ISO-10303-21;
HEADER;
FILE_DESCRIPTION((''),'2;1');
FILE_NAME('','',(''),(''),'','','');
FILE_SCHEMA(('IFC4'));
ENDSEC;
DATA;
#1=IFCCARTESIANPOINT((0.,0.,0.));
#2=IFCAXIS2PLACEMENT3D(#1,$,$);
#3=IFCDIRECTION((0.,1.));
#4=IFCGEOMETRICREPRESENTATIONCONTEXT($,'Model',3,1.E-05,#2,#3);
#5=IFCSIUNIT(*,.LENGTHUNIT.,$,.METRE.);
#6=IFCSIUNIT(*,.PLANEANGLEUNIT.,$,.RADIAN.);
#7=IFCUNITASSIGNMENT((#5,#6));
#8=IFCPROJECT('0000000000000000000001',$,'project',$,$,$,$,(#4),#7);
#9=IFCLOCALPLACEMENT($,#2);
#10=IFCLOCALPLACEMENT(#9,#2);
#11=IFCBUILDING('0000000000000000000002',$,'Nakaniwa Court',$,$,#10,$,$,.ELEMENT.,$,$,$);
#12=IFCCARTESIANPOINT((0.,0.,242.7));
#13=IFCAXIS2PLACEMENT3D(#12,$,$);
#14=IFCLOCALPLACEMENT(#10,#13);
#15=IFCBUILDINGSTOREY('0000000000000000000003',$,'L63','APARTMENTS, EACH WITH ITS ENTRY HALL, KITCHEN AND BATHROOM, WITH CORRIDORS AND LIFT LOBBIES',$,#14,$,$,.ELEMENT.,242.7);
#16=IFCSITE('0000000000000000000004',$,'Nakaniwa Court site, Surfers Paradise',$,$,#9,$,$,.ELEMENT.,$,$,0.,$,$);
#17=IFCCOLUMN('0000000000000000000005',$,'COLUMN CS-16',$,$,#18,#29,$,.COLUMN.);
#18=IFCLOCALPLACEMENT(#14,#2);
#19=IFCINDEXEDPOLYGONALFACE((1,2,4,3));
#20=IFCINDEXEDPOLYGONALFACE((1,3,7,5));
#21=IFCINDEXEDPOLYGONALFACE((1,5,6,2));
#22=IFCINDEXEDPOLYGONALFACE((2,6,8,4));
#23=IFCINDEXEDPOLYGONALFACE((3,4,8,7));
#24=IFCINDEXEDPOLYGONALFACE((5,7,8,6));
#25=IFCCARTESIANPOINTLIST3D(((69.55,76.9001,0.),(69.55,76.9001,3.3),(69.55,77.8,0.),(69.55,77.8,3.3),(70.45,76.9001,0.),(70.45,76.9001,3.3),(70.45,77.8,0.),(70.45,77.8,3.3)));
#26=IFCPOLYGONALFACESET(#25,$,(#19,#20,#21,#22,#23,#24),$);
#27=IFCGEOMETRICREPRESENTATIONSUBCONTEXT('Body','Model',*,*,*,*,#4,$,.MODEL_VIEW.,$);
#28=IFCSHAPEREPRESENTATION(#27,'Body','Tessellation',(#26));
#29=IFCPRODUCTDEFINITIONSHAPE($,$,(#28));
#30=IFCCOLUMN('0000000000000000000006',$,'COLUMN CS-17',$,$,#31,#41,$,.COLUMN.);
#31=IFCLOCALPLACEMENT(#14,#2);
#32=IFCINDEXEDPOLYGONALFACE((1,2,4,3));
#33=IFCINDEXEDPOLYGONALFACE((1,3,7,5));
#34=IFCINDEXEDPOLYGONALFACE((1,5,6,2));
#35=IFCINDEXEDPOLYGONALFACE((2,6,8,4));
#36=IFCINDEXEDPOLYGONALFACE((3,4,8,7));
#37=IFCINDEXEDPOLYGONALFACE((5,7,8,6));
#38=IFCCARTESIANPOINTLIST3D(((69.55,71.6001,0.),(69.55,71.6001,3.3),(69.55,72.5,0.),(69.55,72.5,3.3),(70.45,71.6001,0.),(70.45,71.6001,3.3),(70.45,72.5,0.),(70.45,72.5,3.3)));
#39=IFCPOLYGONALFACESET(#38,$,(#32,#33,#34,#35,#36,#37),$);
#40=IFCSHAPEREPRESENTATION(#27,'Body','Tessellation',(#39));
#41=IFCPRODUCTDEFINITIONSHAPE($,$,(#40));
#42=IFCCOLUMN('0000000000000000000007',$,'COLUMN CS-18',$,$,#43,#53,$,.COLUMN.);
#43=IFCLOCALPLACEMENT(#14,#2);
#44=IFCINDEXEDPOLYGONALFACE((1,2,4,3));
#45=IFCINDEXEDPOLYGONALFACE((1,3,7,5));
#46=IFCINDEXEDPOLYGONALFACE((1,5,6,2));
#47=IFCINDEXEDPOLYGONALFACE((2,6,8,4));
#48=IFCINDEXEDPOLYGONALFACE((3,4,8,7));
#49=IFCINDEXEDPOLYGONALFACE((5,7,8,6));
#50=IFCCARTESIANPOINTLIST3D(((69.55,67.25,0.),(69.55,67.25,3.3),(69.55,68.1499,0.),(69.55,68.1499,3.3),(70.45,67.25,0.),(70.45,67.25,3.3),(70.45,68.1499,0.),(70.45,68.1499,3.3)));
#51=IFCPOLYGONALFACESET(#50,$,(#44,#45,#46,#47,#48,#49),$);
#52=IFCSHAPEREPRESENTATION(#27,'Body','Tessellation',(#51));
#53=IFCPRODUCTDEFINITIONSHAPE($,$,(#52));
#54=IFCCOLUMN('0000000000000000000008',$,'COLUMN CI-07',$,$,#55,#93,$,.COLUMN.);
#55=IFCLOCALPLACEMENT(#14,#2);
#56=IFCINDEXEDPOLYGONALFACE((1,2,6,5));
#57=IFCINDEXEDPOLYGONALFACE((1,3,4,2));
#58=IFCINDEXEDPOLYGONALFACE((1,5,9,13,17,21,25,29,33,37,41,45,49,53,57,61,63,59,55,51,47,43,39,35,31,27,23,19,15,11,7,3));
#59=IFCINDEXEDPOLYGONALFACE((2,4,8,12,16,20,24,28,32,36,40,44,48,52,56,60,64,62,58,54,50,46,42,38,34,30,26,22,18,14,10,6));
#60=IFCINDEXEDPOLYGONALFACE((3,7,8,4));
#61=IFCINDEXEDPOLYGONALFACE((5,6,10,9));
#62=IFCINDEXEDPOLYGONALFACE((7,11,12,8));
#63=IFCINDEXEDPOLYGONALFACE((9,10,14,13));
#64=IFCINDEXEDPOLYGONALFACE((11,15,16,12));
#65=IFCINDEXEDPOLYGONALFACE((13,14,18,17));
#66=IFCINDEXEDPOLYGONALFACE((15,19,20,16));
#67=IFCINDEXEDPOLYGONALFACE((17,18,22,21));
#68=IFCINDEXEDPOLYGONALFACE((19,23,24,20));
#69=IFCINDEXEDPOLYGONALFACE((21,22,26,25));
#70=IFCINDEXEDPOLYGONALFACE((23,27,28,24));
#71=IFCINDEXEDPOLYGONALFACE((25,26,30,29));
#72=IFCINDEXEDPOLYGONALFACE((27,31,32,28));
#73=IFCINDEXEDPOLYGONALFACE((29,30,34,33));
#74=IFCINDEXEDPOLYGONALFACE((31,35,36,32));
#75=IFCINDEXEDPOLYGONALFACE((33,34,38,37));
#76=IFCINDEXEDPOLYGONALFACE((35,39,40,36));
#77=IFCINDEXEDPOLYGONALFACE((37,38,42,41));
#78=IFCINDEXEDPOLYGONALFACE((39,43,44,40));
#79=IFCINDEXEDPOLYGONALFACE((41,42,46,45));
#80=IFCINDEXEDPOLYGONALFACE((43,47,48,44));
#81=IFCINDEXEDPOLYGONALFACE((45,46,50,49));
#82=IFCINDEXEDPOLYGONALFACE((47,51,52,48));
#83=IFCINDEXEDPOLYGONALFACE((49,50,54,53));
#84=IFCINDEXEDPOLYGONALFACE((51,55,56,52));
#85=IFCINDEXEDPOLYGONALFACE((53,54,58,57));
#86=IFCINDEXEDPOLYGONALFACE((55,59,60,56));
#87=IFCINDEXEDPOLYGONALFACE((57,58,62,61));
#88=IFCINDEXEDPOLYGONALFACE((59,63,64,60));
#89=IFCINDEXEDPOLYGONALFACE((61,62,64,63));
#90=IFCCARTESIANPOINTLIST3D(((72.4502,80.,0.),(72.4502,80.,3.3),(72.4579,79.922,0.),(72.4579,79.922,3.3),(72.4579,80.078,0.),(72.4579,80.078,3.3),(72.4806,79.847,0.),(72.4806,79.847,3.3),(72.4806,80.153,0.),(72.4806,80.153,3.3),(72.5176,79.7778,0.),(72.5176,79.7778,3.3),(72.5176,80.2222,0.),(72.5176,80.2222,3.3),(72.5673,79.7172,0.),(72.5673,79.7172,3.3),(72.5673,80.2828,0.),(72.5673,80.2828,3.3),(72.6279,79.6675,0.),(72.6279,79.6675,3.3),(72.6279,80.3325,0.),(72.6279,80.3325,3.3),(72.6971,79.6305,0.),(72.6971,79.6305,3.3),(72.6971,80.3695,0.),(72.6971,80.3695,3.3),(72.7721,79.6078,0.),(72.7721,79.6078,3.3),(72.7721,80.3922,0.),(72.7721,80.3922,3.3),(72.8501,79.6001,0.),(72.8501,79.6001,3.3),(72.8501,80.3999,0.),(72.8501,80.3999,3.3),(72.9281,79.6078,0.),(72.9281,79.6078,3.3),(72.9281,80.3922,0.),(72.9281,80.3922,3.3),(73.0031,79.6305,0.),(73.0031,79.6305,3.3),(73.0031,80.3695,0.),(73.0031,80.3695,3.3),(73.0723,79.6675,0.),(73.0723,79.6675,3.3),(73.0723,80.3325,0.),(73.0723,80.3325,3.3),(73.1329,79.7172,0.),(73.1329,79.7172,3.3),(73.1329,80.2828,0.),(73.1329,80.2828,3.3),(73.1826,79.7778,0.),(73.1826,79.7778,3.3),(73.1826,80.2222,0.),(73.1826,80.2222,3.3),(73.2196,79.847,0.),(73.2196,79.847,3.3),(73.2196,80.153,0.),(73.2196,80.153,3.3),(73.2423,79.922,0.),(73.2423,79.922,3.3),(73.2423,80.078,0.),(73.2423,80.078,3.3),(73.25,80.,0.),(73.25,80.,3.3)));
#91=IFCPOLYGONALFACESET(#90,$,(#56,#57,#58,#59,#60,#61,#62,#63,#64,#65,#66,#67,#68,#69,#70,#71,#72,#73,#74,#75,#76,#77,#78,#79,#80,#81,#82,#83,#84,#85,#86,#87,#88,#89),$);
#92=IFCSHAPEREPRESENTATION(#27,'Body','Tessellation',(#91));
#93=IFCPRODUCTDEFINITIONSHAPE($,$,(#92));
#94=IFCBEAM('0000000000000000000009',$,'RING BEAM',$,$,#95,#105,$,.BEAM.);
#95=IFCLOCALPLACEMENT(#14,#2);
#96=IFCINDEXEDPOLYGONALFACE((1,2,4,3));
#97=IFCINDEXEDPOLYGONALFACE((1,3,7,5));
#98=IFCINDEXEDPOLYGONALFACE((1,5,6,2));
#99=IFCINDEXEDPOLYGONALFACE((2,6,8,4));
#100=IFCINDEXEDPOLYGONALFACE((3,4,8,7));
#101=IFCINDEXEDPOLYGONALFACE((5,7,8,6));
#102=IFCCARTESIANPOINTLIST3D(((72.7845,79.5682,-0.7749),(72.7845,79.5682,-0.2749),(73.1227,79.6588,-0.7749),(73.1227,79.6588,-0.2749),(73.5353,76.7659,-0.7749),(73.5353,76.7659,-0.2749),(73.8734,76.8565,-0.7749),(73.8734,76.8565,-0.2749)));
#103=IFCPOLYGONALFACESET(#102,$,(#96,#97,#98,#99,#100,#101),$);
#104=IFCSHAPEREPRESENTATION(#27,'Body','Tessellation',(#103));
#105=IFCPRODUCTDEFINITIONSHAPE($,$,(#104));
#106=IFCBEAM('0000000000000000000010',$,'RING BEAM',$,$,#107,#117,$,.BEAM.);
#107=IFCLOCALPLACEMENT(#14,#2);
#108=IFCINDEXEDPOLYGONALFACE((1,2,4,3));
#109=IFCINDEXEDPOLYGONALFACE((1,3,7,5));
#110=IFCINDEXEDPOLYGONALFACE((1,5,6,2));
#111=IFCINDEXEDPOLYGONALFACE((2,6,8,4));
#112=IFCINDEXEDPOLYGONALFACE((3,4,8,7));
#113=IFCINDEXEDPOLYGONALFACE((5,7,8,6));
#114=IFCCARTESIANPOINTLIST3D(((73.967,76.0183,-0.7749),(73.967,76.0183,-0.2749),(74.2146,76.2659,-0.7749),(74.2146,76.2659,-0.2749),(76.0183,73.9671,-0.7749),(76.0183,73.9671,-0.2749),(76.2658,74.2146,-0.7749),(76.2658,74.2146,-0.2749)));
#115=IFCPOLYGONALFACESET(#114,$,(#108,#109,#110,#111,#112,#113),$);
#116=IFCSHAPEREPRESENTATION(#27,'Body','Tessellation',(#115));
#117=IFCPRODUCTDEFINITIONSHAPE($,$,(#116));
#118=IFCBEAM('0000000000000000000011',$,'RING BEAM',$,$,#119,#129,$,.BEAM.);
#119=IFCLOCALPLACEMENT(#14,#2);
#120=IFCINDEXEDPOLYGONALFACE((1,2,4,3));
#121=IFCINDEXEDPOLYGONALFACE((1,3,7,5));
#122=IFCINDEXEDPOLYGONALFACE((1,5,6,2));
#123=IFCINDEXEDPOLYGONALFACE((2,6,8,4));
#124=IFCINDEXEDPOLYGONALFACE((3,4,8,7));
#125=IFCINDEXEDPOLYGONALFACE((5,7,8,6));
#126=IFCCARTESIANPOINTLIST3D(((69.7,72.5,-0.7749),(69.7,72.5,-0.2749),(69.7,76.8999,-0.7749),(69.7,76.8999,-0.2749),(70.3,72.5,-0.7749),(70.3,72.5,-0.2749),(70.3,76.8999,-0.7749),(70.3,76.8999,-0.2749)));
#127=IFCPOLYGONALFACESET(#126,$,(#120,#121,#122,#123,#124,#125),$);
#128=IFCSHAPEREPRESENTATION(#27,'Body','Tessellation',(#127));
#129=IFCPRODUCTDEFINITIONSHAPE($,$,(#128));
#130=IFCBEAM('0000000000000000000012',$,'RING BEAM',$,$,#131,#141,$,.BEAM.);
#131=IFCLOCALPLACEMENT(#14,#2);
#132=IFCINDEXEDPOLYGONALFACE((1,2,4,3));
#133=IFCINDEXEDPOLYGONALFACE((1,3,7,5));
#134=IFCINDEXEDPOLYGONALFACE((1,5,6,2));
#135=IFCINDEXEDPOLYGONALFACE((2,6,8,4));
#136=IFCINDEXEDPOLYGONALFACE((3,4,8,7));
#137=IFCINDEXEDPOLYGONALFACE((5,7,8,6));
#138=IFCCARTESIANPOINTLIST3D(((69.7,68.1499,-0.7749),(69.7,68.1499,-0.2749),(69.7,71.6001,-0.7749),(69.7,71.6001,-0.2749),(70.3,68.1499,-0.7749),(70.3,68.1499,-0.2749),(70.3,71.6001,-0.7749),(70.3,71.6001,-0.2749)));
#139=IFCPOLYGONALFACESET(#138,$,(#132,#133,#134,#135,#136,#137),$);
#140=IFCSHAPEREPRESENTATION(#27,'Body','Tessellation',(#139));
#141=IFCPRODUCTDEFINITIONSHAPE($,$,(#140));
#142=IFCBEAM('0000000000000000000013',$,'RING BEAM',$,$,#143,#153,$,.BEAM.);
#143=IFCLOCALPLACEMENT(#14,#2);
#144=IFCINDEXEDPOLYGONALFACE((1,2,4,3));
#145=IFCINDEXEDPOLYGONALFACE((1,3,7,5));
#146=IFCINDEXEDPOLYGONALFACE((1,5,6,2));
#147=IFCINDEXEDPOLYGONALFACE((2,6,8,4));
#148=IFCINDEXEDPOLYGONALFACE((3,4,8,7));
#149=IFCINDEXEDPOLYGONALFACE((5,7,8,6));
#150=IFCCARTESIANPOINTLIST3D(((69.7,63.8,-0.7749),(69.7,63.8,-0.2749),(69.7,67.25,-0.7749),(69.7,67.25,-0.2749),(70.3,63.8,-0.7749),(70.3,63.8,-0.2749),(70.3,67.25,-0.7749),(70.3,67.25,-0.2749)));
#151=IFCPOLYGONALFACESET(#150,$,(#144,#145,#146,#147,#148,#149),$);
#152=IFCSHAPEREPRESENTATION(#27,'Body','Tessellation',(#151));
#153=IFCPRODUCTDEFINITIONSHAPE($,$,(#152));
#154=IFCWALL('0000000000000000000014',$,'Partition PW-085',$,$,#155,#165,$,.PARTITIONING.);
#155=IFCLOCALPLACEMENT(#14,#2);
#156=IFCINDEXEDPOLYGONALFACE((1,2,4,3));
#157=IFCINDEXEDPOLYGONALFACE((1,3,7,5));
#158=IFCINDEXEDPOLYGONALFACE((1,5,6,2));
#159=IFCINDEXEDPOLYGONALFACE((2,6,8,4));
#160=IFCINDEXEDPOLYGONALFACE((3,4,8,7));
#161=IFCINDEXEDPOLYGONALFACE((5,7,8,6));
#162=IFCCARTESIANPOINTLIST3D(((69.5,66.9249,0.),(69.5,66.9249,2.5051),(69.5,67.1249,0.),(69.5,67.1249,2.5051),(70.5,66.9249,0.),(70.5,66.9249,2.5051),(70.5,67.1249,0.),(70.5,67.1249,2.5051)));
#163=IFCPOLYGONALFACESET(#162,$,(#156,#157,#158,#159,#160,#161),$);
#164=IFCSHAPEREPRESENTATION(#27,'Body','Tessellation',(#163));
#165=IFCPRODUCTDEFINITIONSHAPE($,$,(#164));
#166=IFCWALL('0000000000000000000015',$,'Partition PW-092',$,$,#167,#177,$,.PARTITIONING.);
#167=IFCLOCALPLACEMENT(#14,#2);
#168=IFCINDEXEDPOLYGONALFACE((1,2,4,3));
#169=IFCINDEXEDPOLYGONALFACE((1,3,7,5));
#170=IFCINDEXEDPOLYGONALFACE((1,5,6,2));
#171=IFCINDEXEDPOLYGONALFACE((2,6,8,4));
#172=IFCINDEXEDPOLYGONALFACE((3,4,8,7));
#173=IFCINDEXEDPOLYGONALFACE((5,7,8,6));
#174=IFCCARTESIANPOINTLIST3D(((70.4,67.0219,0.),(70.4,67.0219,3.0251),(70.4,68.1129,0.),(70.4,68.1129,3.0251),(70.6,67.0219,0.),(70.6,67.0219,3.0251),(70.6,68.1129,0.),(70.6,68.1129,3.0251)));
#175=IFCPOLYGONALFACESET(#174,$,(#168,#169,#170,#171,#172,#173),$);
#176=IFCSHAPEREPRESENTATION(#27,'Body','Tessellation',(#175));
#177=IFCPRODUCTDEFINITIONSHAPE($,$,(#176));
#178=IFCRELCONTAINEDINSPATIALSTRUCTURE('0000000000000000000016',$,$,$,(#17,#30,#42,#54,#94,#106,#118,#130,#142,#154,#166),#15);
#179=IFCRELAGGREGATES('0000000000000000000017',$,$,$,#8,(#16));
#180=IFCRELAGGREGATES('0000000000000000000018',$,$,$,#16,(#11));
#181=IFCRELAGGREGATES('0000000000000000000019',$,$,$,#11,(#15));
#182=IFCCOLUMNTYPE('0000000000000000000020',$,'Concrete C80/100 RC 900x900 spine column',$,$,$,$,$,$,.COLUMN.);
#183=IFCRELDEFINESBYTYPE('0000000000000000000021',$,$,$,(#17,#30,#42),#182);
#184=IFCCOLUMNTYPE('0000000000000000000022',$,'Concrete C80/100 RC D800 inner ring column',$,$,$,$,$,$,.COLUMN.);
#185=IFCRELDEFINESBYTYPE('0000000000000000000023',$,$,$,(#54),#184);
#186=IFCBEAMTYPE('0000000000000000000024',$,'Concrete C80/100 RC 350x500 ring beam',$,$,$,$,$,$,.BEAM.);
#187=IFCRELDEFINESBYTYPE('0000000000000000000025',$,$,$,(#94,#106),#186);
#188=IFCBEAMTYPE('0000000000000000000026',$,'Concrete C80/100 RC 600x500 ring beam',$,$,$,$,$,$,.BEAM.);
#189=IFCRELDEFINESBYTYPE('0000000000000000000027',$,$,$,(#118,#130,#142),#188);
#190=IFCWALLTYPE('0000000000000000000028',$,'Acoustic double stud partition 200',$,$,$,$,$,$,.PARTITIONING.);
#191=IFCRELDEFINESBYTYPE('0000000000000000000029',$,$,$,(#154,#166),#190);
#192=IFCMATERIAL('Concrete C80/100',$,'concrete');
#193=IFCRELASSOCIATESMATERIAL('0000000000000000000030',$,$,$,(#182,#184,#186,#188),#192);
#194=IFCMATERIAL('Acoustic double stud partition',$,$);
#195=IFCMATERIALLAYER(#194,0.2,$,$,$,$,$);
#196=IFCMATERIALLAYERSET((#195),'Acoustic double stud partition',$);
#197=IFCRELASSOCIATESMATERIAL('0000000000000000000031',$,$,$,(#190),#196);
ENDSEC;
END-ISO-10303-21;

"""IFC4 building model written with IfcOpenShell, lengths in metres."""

from ifc_helpers import new_model, si_unit, direction, frame, frame_2d, origin, origin_2d, place, context, subcontext, project, spatial, rectangle, circle, extrude, material, layer, layer_set, material_profile, profile_set, type_object, element, save


model = new_model("IFC4")

# Units and contexts
model_context = context("Model", 3, precision=1e-05, world=origin(), true_north=direction((0.0, 1.0)))
body_context = subcontext(model_context, "Body", "Model", "MODEL_VIEW")
ifc_project = project(units=[si_unit("LENGTHUNIT", "METRE"), si_unit("PLANEANGLEUNIT", "RADIAN")], contexts=[model_context])

# Site, building, storey
site_placement = place(None, origin())
site = spatial("IfcSite", under=ifc_project, at=site_placement, Name="Nakaniwa Court site, Surfers Paradise", CompositionType="ELEMENT", RefElevation=0.0)
building_placement = place(site_placement, origin())
building = spatial("IfcBuilding", under=site, at=building_placement, Name="Nakaniwa Court", CompositionType="ELEMENT")
storey_placement = place(building_placement, frame((0.0, 0.0, 242.7)))
storey = spatial("IfcBuildingStorey", under=building, at=storey_placement, Name="L63", Description="APARTMENTS, EACH WITH ITS ENTRY HALL, KITCHEN AND BATHROOM, WITH CORRIDORS AND LIFT LOBBIES", CompositionType="ELEMENT", Elevation=242.7)

# Columns
ifc_material_1 = material(Name="Concrete C80/100", Category="concrete")
ifc_material_profile_1 = material_profile(ifc_material_1, rectangle(XDim=0.8999, YDim=0.8999, at=origin_2d()), Name="Concrete C80/100 RC 900x900 spine column")
ifc_profile_set_1 = profile_set([ifc_material_profile_1], Name="Concrete C80/100")
column_type_1 = type_object("IfcColumnType", Name="Concrete C80/100 RC 900x900 spine column", PredefinedType="COLUMN", material=ifc_profile_set_1)
for number, where, z_axis, x_axis, name in (
    (1, (70.0, 77.3501, 0.0), (0.0, 0.0, 1.0), (0.0, -1.0, 0.0), "COLUMN CS-16"),
    (2, (70.0, 72.05, 0.0), (0.0, 0.0, 1.0), (0.0, -1.0, 0.0), "COLUMN CS-17"),
    (3, (70.0, 67.7, 0.0), (0.0, 0.0, 1.0), (0.0, -1.0, 0.0), "COLUMN CS-18"),
):
    element("IfcColumn", number, at=place(storey_placement, frame(where, z_axis=z_axis, x_axis=x_axis)), inside=storey, type_object=column_type_1, Name=name, PredefinedType="COLUMN", context=body_context, shape_type="SweptSolid", body=[
        extrude(rectangle(XDim=0.8999, YDim=0.8999, at=origin_2d()), origin(), (0.0, 0.0, 1.0), 3.3),
    ])
ifc_material_profile_2 = material_profile(ifc_material_1, circle(Radius=0.3999, at=origin_2d()), Name="Concrete C80/100 RC D800 inner ring column")
ifc_profile_set_2 = profile_set([ifc_material_profile_2], Name="Concrete C80/100")
column_type_2 = type_object("IfcColumnType", Name="Concrete C80/100 RC D800 inner ring column", PredefinedType="COLUMN", material=ifc_profile_set_2)
for number, where, z_axis, x_axis, name in (
    (4, (72.8501, 80.0, 0.0), (0.0, 0.0, 1.0), (0.0, -1.0, 0.0), "COLUMN CI-07"),
):
    element("IfcColumn", number, at=place(storey_placement, frame(where, z_axis=z_axis, x_axis=x_axis)), inside=storey, type_object=column_type_2, Name=name, PredefinedType="COLUMN", context=body_context, shape_type="SweptSolid", body=[
        extrude(circle(Radius=0.3999, at=origin_2d()), origin(), (0.0, 0.0, 1.0), 3.3),
    ])

# Beams
ifc_material_profile_3 = material_profile(ifc_material_1, rectangle(XDim=0.3501, YDim=0.5, at=origin_2d()), Name="Concrete C80/100 RC 350x500 ring beam")
ifc_profile_set_3 = profile_set([ifc_material_profile_3], Name="Concrete C80/100")
beam_type_1 = type_object("IfcBeamType", Name="Concrete C80/100 RC 350x500 ring beam", PredefinedType="BEAM", material=ifc_profile_set_3)
beam_1_placement = place(storey_placement, frame((72.9536, 79.6135, -0.5249), z_axis=(0.258778, -0.965937, 0.0), x_axis=(0.965937, 0.258778, 0.0)))
element("IfcBeam", 5, at=beam_1_placement, inside=storey, type_object=beam_type_1, Name="RING BEAM", PredefinedType="BEAM", context=body_context, shape_type="SweptSolid", body=[
    extrude(rectangle(XDim=0.3501, YDim=0.5, at=origin_2d()), origin(), (0.0, 0.0, 1.0), 2.9011),
])
beam_2_placement = place(storey_placement, frame((74.0908, 76.1421, -0.5249), z_axis=(0.707107, -0.707107, 0.0), x_axis=(0.707107, 0.707107, 0.0)))
element("IfcBeam", 6, at=beam_2_placement, inside=storey, type_object=beam_type_1, Name="RING BEAM", PredefinedType="BEAM", context=body_context, shape_type="SweptSolid", body=[
    extrude(rectangle(XDim=0.3501, YDim=0.5, at=origin_2d()), origin(), (0.0, 0.0, 1.0), 2.9009),
])
ifc_material_profile_4 = material_profile(ifc_material_1, rectangle(XDim=0.6001, YDim=0.5, at=origin_2d()), Name="Concrete C80/100 RC 600x500 ring beam")
ifc_profile_set_4 = profile_set([ifc_material_profile_4], Name="Concrete C80/100")
beam_type_2 = type_object("IfcBeamType", Name="Concrete C80/100 RC 600x500 ring beam", PredefinedType="BEAM", material=ifc_profile_set_4)
beam_3_placement = place(storey_placement, frame((70.0, 76.8999, -0.5249), z_axis=(0.0, -1.0, 0.0), x_axis=(1.0, 0.0, 0.0)))
element("IfcBeam", 7, at=beam_3_placement, inside=storey, type_object=beam_type_2, Name="RING BEAM", PredefinedType="BEAM", context=body_context, shape_type="SweptSolid", body=[
    extrude(rectangle(XDim=0.6001, YDim=0.5, at=origin_2d()), origin(), (0.0, 0.0, 1.0), 4.3999),
])
beam_4_placement = place(storey_placement, frame((70.0, 71.6001, -0.5249), z_axis=(0.0, -1.0, 0.0), x_axis=(1.0, 0.0, 0.0)))
element("IfcBeam", 8, at=beam_4_placement, inside=storey, type_object=beam_type_2, Name="RING BEAM", PredefinedType="BEAM", context=body_context, shape_type="SweptSolid", body=[
    extrude(rectangle(XDim=0.6001, YDim=0.5, at=origin_2d()), origin(), (0.0, 0.0, 1.0), 3.4502),
])
beam_5_placement = place(storey_placement, frame((70.0, 67.25, -0.5249), z_axis=(0.0, -1.0, 0.0), x_axis=(1.0, 0.0, 0.0)))
element("IfcBeam", 9, at=beam_5_placement, inside=storey, type_object=beam_type_2, Name="RING BEAM", PredefinedType="BEAM", context=body_context, shape_type="SweptSolid", body=[
    extrude(rectangle(XDim=0.6001, YDim=0.5, at=origin_2d()), origin(), (0.0, 0.0, 1.0), 3.45),
])

# Walls
ifc_material_2 = material(Name="Acoustic double stud partition")
ifc_layer_1 = layer(ifc_material_2, 0.2)
ifc_layer_set_1 = layer_set([ifc_layer_1], Name="Acoustic double stud partition")
wall_type_1 = type_object("IfcWallType", Name="Acoustic double stud partition 200", PredefinedType="PARTITIONING", material=ifc_layer_set_1)
wall_1_placement = place(storey_placement, frame((69.5, 67.0249, 0.0), z_axis=(0.0, 0.0, 1.0), x_axis=(1.0, 0.0, 0.0)))
element("IfcWall", 10, at=wall_1_placement, inside=storey, type_object=wall_type_1, Name="Partition PW-085", PredefinedType="PARTITIONING", context=body_context, shape_type="SweptSolid", body=[
    extrude(rectangle(XDim=1.0, YDim=0.2, at=frame_2d((0.5, 0.0))), origin(), (0.0, 0.0, 1.0), 2.5051),
])
wall_2_placement = place(storey_placement, frame((70.5, 67.022, 0.0), z_axis=(0.0, 0.0, 1.0), x_axis=(0.0, 1.0, 0.0)))
element("IfcWall", 11, at=wall_2_placement, inside=storey, type_object=wall_type_1, Name="Partition PW-092", PredefinedType="PARTITIONING", context=body_context, shape_type="SweptSolid", body=[
    extrude(rectangle(XDim=1.0911, YDim=0.2, at=frame_2d((0.5454, 0.0))), origin(), (0.0, 0.0, 1.0), 3.0251),
])

save(model, "model.ifc")
